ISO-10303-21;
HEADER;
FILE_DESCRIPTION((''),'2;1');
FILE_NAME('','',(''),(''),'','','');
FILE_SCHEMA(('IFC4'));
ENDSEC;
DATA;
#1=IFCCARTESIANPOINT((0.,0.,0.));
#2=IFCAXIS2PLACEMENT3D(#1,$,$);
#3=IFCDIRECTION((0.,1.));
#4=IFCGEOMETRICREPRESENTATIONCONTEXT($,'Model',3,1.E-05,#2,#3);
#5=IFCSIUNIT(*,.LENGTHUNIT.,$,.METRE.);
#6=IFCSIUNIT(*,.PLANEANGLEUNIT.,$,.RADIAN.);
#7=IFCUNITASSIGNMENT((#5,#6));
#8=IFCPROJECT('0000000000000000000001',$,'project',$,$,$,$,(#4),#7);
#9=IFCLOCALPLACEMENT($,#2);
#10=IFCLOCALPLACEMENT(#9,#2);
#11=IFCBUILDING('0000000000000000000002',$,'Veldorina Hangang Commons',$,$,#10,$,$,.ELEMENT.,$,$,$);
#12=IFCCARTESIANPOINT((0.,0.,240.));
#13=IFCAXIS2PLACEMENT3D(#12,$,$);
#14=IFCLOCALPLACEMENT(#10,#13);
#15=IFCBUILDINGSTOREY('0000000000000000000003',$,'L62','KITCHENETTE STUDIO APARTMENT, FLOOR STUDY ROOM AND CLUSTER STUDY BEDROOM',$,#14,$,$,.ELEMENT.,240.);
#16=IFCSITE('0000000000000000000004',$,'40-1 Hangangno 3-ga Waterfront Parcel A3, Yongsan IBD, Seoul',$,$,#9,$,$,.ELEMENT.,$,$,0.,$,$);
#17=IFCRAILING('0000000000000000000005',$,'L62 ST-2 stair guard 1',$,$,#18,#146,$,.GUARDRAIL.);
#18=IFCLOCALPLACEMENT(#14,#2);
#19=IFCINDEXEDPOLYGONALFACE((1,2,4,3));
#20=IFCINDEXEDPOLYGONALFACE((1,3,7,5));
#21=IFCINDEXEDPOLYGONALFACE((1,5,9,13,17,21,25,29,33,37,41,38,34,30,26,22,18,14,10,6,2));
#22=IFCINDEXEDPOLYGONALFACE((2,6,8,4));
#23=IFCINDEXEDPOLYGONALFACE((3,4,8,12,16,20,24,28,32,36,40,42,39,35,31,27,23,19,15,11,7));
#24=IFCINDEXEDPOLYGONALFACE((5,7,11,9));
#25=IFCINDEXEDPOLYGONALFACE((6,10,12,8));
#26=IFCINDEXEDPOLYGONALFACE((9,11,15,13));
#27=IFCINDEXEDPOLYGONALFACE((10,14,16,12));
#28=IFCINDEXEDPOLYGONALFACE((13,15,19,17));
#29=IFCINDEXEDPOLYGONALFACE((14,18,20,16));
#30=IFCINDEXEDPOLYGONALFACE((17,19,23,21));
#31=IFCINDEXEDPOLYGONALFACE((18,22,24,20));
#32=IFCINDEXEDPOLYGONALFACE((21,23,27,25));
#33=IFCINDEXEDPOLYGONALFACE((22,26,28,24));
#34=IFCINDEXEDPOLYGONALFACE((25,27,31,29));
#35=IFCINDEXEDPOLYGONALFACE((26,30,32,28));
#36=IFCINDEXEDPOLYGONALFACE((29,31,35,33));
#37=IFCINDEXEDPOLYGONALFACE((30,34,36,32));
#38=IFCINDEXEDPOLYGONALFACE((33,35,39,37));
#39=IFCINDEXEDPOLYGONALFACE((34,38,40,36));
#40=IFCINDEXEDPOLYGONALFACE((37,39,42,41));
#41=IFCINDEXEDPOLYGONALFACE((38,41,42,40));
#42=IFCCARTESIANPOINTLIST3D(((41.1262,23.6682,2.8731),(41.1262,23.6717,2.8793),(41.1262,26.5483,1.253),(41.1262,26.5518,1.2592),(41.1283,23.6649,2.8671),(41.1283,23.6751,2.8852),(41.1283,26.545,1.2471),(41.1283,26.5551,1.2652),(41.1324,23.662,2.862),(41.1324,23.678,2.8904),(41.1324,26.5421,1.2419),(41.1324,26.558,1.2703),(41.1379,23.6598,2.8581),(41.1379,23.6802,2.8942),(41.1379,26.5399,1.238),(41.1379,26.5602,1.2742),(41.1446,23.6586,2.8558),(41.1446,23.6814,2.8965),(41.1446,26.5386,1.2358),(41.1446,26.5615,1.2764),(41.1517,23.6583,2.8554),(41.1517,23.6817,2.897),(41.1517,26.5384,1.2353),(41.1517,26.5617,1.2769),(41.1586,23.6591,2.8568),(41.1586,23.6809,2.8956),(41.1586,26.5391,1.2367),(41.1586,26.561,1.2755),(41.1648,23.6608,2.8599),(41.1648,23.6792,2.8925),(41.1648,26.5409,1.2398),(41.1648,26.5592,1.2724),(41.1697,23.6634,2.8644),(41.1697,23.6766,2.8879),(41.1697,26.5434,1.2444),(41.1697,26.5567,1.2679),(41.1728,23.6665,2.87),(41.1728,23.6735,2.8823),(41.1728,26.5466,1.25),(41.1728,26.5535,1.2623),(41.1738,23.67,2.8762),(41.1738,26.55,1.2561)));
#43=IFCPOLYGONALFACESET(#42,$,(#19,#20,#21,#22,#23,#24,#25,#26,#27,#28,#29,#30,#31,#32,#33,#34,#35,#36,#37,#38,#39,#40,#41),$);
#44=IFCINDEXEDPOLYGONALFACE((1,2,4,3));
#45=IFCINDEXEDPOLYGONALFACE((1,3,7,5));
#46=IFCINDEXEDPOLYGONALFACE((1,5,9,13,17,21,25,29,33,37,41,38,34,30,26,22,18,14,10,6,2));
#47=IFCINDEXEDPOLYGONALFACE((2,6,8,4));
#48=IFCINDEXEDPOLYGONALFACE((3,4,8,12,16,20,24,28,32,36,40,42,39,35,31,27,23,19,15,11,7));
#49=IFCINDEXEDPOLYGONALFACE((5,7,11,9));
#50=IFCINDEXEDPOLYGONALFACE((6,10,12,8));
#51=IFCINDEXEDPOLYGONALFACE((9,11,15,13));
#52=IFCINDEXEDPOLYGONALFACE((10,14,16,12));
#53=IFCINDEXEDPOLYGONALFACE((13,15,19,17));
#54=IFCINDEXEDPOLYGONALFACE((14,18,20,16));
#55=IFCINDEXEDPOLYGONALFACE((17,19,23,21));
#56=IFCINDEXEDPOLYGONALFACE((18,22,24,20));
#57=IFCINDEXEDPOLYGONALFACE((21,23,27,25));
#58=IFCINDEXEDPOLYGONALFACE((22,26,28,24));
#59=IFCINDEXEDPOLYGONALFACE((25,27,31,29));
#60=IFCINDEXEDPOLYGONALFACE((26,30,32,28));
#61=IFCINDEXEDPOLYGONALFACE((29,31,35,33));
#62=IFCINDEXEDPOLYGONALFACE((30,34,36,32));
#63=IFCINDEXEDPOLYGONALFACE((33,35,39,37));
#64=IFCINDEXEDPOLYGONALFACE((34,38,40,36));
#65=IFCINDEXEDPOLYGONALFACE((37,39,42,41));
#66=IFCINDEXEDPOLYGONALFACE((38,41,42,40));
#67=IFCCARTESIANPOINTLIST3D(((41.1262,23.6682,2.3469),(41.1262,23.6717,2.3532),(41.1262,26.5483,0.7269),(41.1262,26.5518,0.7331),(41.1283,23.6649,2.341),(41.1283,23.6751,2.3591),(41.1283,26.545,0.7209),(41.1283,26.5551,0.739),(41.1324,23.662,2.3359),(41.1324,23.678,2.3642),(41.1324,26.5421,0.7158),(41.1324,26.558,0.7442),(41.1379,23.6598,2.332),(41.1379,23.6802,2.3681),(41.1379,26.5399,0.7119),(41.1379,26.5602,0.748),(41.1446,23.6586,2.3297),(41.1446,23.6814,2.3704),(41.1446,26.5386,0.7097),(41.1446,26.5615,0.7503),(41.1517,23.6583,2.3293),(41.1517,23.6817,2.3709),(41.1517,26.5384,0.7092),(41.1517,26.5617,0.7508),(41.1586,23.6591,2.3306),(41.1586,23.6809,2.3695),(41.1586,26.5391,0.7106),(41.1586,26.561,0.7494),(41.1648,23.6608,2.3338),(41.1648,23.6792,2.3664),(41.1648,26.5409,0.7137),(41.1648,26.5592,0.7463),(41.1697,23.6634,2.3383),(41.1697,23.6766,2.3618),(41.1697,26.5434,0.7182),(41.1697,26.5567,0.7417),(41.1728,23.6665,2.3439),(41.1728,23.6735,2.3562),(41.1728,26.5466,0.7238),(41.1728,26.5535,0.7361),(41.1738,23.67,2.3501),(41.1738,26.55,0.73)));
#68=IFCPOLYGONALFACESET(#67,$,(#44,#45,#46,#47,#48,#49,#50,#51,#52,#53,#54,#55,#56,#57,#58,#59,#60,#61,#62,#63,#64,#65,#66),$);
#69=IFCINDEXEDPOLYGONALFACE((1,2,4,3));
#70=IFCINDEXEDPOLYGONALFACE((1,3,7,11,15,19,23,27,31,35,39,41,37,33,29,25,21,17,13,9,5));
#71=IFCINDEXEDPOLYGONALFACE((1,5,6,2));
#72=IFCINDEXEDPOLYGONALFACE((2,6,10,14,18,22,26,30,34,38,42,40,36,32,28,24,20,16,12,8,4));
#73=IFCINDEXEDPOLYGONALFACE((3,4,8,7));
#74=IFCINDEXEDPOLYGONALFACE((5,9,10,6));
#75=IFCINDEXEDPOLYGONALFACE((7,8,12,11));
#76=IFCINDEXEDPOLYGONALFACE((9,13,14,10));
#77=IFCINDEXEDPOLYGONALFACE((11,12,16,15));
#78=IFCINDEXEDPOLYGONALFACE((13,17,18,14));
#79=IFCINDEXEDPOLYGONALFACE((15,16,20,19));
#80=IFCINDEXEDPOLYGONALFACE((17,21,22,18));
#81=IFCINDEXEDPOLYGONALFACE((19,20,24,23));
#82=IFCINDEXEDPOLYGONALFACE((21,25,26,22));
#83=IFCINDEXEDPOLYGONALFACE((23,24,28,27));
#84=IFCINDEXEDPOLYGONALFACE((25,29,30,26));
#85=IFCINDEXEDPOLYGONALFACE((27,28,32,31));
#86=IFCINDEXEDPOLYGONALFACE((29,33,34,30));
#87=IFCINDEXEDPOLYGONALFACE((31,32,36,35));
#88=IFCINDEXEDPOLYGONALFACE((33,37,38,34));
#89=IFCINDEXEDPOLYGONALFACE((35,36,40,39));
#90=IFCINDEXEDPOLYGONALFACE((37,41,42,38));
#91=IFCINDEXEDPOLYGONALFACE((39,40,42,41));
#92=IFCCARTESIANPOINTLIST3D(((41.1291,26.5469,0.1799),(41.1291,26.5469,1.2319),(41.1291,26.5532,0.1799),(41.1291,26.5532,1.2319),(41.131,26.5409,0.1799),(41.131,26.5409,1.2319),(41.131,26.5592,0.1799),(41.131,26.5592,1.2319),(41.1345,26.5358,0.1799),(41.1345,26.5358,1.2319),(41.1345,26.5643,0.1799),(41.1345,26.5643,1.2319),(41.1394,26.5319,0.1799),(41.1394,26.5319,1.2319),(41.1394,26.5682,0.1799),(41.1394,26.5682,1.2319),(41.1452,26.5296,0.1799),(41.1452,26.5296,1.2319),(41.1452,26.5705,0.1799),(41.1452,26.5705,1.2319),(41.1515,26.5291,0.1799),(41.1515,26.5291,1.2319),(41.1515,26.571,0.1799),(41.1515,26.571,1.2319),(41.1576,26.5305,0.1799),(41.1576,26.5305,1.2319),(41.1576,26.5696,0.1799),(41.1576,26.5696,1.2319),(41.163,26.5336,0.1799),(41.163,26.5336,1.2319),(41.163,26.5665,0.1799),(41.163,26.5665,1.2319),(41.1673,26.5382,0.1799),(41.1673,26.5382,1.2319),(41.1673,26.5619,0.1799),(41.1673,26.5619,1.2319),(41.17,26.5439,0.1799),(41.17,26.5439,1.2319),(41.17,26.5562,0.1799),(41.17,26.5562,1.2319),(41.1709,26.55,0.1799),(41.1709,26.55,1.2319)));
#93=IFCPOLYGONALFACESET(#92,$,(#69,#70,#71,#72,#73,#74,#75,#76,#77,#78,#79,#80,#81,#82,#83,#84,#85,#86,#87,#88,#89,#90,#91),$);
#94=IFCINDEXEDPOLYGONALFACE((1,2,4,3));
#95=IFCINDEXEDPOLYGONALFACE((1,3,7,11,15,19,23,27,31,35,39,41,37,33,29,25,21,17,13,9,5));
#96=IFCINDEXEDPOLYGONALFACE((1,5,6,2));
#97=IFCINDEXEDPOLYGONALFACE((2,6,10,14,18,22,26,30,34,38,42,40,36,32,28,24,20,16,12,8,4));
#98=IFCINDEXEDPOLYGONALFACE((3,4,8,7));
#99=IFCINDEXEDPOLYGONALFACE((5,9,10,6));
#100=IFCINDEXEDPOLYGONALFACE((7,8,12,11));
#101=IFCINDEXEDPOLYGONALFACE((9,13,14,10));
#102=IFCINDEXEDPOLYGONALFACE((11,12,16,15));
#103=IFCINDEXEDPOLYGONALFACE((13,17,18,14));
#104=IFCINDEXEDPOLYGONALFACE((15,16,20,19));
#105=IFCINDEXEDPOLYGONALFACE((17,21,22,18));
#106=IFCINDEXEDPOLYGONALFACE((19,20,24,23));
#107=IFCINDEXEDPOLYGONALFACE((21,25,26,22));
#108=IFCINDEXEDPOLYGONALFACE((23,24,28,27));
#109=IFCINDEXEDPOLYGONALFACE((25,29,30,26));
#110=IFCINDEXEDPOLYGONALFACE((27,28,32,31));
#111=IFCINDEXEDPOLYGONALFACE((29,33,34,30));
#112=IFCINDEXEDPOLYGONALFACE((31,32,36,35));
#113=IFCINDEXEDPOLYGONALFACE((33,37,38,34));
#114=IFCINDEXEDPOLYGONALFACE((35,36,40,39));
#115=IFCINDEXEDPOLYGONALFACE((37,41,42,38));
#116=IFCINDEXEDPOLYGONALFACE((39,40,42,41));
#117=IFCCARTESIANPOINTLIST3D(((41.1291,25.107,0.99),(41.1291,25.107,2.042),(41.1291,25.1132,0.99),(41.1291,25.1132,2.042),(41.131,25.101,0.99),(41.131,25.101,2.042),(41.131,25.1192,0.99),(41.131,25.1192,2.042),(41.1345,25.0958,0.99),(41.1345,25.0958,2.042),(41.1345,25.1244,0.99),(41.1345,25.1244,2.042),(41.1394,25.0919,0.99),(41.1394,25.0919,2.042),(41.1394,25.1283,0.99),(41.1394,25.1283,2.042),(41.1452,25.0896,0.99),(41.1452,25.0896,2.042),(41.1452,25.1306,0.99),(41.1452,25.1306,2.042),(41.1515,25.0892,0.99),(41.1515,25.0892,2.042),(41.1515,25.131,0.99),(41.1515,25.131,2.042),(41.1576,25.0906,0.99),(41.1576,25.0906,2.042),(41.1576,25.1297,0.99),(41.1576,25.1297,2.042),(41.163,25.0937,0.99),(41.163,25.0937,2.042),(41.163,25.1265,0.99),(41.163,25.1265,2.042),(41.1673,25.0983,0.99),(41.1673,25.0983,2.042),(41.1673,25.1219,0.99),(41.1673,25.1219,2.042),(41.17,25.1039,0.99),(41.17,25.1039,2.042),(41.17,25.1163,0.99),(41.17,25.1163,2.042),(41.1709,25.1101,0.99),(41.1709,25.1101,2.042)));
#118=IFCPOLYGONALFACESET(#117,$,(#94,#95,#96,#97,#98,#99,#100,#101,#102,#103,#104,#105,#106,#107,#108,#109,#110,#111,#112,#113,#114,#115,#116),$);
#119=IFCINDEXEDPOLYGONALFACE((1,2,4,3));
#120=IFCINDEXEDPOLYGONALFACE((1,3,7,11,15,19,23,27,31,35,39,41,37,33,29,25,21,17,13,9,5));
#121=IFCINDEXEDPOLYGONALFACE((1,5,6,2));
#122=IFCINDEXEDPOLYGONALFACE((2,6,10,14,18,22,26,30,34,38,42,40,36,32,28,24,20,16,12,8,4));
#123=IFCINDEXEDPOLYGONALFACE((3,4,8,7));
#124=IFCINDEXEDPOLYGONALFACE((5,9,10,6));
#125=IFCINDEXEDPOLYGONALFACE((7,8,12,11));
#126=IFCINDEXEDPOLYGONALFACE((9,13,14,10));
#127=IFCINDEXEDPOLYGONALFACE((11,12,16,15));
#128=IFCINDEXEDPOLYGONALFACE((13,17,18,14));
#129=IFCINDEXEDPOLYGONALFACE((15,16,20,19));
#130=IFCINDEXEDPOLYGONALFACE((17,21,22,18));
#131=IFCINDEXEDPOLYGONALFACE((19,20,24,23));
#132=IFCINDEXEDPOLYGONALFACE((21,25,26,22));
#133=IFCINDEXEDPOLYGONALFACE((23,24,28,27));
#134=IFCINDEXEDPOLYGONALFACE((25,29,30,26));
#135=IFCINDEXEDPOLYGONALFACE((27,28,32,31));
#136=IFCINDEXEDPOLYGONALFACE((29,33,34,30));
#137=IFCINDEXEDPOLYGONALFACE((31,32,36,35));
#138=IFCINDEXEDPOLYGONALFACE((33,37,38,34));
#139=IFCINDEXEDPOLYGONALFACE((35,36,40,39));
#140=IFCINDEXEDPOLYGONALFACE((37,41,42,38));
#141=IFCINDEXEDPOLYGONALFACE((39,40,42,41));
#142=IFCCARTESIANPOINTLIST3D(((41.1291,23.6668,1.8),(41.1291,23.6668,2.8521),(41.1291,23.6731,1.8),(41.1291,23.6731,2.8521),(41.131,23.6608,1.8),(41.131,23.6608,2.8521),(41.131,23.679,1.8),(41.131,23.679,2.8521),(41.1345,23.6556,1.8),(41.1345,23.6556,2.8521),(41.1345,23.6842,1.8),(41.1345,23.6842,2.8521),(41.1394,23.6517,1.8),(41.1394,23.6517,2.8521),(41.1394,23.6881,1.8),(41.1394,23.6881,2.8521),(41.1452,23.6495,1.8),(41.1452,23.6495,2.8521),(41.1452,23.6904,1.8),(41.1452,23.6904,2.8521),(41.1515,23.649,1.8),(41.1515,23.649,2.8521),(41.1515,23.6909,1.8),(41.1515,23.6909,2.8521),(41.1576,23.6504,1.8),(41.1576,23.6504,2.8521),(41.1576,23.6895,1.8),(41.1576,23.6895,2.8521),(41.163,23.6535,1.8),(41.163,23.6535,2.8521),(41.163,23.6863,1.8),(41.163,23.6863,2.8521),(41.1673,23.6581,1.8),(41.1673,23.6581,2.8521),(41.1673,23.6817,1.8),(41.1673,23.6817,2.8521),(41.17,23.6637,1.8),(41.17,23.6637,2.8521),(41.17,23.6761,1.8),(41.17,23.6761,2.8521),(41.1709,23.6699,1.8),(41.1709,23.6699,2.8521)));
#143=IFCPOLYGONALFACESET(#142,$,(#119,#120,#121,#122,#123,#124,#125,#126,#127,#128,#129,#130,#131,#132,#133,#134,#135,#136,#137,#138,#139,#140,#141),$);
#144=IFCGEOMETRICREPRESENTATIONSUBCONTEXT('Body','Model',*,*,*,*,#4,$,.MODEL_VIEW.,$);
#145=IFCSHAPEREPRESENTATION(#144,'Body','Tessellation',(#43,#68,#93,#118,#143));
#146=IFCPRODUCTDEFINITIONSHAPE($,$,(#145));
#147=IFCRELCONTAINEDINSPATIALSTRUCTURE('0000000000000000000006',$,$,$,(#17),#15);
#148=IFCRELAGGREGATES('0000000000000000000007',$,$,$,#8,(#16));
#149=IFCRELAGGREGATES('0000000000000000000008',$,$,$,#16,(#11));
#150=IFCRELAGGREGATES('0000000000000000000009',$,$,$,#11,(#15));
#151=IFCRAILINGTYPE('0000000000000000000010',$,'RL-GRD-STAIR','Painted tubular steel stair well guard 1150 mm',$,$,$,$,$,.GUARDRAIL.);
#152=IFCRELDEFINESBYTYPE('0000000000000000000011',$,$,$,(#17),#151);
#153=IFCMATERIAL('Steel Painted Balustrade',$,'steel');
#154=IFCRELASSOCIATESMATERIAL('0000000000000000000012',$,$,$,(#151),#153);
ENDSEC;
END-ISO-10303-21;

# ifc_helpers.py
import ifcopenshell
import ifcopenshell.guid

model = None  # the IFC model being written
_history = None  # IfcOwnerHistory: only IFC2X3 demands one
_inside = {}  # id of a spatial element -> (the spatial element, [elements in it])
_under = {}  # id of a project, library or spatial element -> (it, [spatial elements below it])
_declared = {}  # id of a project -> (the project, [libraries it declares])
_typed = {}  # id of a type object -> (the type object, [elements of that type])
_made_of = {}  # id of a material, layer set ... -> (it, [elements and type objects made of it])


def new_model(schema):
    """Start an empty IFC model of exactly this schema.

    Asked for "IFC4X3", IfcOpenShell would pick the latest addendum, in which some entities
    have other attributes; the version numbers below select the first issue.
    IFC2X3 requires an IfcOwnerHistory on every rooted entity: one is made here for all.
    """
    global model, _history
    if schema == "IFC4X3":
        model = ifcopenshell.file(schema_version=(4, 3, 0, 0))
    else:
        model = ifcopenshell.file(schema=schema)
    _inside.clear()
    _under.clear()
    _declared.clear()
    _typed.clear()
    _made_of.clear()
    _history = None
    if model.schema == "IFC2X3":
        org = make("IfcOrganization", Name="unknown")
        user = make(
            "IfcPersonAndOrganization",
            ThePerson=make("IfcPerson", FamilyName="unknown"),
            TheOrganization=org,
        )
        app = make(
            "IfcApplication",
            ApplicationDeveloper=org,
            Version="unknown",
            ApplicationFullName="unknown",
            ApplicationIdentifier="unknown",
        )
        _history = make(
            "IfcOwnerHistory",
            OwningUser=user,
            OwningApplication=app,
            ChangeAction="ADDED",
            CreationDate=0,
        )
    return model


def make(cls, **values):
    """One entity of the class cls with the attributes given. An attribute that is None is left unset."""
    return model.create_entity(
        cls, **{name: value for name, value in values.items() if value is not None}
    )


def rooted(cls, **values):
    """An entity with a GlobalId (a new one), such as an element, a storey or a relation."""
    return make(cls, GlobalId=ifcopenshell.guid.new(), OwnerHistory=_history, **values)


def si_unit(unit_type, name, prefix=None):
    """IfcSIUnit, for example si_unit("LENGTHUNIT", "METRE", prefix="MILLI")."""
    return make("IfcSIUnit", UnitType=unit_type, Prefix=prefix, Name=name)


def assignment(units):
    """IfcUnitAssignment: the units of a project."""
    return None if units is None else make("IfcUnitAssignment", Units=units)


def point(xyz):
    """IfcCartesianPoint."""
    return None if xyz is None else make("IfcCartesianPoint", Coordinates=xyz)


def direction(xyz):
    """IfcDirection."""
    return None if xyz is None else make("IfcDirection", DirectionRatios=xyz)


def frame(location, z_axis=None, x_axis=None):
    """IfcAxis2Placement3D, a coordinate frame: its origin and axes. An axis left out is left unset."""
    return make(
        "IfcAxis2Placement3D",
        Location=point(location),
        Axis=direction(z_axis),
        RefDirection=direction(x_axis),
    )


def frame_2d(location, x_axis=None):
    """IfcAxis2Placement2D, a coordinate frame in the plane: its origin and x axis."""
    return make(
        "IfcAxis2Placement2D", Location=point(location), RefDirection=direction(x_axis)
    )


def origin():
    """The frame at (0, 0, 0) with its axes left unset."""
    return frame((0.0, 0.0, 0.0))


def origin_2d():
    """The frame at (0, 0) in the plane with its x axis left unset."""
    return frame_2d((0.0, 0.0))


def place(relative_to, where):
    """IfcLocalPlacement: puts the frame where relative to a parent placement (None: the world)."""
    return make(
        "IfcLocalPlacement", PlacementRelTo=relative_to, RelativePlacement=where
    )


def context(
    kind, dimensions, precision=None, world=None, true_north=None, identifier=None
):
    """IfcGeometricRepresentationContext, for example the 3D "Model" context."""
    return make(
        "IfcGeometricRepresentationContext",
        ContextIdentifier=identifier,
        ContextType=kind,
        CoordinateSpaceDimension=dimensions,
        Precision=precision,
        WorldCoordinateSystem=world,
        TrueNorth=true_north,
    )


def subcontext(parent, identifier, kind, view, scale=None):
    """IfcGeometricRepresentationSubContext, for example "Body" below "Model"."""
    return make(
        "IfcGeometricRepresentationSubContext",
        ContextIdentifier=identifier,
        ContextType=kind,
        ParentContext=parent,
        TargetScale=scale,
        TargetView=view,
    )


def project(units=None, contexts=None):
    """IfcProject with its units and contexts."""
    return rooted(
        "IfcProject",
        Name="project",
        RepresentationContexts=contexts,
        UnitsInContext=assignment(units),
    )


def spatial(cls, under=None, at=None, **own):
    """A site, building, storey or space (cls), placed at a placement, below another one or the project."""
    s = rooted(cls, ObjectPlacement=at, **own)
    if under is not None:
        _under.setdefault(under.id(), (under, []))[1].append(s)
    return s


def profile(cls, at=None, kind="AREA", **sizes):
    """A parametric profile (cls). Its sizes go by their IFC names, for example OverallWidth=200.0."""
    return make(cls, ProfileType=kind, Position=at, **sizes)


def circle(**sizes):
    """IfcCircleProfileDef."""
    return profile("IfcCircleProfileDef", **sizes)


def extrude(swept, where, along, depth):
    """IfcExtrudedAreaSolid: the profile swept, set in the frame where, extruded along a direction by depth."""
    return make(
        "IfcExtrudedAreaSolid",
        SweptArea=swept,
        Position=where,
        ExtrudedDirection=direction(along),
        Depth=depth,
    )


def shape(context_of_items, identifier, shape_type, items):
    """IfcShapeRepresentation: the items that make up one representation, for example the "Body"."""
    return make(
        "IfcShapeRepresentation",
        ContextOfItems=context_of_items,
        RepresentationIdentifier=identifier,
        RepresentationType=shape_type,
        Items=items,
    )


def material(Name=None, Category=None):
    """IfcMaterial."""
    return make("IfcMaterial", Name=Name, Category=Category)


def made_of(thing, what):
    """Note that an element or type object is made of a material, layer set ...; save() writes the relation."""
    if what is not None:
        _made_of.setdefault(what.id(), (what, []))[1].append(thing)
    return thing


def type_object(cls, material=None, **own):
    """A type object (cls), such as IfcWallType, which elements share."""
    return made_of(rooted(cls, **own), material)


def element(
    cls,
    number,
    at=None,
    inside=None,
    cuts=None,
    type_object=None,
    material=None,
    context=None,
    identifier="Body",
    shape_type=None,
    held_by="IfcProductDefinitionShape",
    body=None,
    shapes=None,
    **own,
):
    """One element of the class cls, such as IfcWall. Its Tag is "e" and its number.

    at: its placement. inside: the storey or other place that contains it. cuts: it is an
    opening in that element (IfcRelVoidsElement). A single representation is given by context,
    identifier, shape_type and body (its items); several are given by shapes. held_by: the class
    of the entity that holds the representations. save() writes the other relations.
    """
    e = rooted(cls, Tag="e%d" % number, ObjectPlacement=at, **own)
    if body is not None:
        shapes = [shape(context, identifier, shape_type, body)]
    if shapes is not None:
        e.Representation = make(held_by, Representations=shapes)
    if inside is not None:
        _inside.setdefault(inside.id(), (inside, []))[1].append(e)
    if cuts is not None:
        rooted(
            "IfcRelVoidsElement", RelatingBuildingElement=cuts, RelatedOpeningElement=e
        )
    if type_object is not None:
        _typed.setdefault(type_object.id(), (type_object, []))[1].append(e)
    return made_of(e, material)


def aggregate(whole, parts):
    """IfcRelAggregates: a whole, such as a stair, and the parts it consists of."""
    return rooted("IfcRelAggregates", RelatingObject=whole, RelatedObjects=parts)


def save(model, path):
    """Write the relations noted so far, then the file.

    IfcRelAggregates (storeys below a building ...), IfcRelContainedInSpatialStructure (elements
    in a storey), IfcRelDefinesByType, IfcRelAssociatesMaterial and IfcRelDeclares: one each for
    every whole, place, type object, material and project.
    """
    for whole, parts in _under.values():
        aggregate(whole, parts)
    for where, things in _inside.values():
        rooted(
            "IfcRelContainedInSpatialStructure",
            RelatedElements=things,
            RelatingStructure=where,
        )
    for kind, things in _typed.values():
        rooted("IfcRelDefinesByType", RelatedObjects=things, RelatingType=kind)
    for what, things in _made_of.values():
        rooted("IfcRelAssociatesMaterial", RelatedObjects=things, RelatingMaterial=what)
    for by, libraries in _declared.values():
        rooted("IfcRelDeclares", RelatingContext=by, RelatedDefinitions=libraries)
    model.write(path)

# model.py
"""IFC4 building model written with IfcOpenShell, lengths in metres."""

from ifc_helpers import new_model, si_unit, direction, frame, origin, origin_2d, place, context, subcontext, project, spatial, circle, extrude, material, type_object, element, save


model = new_model("IFC4")

# Units and contexts
model_context = context("Model", 3, precision=1e-05, world=origin(), true_north=direction((0.0, 1.0)))
body_context = subcontext(model_context, "Body", "Model", "MODEL_VIEW")
ifc_project = project(units=[si_unit("LENGTHUNIT", "METRE"), si_unit("PLANEANGLEUNIT", "RADIAN")], contexts=[model_context])

# Site, building, storey
site_placement = place(None, origin())
site = spatial("IfcSite", under=ifc_project, at=site_placement, Name="40-1 Hangangno 3-ga Waterfront Parcel A3, Yongsan IBD, Seoul", CompositionType="ELEMENT", RefElevation=0.0)
building_placement = place(site_placement, origin())
building = spatial("IfcBuilding", under=site, at=building_placement, Name="Veldorina Hangang Commons", CompositionType="ELEMENT")
storey_placement = place(building_placement, frame((0.0, 0.0, 240.0)))
storey = spatial("IfcBuildingStorey", under=building, at=storey_placement, Name="L62", Description="KITCHENETTE STUDIO APARTMENT, FLOOR STUDY ROOM AND CLUSTER STUDY BEDROOM", CompositionType="ELEMENT", Elevation=240.0)

# Railing
ifc_material_1 = material(Name="Steel Painted Balustrade", Category="steel")
railing_type_1 = type_object("IfcRailingType", Name="RL-GRD-STAIR", Description="Painted tubular steel stair well guard 1150 mm", PredefinedType="GUARDRAIL", material=ifc_material_1)
railing_1_placement = place(storey_placement, frame((41.1499, 26.55, 0.1799)))
element("IfcRailing", 1, at=railing_1_placement, inside=storey, type_object=railing_type_1, Name="L62 ST-2 stair guard 1", PredefinedType="GUARDRAIL", context=body_context, shape_type="SweptSolid", body=[
    extrude(circle(Radius=0.0239, at=origin_2d()), frame((0.0, 0.0, 1.0762), z_axis=(0.0, -0.87157, 0.490272), x_axis=(1.0, 0.0, 0.0)), (0.0, 0.0, 1.0), 3.3044),
    extrude(circle(Radius=0.0239, at=origin_2d()), frame((0.0, 0.0, 0.55), z_axis=(0.0, -0.87157, 0.490272), x_axis=(1.0, 0.0, 0.0)), (0.0, 0.0, 1.0), 3.3044),
    extrude(circle(Radius=0.021, at=origin_2d()), origin(), (0.0, 0.0, 1.0), 1.052),
    extrude(circle(Radius=0.021, at=origin_2d()), frame((0.0, -1.4399, 0.8101)), (0.0, 0.0, 1.0), 1.052),
    extrude(circle(Radius=0.021, at=origin_2d()), frame((0.0, -2.8801, 1.6201)), (0.0, 0.0, 1.0), 1.052),
])

save(model, "model.ifc")
